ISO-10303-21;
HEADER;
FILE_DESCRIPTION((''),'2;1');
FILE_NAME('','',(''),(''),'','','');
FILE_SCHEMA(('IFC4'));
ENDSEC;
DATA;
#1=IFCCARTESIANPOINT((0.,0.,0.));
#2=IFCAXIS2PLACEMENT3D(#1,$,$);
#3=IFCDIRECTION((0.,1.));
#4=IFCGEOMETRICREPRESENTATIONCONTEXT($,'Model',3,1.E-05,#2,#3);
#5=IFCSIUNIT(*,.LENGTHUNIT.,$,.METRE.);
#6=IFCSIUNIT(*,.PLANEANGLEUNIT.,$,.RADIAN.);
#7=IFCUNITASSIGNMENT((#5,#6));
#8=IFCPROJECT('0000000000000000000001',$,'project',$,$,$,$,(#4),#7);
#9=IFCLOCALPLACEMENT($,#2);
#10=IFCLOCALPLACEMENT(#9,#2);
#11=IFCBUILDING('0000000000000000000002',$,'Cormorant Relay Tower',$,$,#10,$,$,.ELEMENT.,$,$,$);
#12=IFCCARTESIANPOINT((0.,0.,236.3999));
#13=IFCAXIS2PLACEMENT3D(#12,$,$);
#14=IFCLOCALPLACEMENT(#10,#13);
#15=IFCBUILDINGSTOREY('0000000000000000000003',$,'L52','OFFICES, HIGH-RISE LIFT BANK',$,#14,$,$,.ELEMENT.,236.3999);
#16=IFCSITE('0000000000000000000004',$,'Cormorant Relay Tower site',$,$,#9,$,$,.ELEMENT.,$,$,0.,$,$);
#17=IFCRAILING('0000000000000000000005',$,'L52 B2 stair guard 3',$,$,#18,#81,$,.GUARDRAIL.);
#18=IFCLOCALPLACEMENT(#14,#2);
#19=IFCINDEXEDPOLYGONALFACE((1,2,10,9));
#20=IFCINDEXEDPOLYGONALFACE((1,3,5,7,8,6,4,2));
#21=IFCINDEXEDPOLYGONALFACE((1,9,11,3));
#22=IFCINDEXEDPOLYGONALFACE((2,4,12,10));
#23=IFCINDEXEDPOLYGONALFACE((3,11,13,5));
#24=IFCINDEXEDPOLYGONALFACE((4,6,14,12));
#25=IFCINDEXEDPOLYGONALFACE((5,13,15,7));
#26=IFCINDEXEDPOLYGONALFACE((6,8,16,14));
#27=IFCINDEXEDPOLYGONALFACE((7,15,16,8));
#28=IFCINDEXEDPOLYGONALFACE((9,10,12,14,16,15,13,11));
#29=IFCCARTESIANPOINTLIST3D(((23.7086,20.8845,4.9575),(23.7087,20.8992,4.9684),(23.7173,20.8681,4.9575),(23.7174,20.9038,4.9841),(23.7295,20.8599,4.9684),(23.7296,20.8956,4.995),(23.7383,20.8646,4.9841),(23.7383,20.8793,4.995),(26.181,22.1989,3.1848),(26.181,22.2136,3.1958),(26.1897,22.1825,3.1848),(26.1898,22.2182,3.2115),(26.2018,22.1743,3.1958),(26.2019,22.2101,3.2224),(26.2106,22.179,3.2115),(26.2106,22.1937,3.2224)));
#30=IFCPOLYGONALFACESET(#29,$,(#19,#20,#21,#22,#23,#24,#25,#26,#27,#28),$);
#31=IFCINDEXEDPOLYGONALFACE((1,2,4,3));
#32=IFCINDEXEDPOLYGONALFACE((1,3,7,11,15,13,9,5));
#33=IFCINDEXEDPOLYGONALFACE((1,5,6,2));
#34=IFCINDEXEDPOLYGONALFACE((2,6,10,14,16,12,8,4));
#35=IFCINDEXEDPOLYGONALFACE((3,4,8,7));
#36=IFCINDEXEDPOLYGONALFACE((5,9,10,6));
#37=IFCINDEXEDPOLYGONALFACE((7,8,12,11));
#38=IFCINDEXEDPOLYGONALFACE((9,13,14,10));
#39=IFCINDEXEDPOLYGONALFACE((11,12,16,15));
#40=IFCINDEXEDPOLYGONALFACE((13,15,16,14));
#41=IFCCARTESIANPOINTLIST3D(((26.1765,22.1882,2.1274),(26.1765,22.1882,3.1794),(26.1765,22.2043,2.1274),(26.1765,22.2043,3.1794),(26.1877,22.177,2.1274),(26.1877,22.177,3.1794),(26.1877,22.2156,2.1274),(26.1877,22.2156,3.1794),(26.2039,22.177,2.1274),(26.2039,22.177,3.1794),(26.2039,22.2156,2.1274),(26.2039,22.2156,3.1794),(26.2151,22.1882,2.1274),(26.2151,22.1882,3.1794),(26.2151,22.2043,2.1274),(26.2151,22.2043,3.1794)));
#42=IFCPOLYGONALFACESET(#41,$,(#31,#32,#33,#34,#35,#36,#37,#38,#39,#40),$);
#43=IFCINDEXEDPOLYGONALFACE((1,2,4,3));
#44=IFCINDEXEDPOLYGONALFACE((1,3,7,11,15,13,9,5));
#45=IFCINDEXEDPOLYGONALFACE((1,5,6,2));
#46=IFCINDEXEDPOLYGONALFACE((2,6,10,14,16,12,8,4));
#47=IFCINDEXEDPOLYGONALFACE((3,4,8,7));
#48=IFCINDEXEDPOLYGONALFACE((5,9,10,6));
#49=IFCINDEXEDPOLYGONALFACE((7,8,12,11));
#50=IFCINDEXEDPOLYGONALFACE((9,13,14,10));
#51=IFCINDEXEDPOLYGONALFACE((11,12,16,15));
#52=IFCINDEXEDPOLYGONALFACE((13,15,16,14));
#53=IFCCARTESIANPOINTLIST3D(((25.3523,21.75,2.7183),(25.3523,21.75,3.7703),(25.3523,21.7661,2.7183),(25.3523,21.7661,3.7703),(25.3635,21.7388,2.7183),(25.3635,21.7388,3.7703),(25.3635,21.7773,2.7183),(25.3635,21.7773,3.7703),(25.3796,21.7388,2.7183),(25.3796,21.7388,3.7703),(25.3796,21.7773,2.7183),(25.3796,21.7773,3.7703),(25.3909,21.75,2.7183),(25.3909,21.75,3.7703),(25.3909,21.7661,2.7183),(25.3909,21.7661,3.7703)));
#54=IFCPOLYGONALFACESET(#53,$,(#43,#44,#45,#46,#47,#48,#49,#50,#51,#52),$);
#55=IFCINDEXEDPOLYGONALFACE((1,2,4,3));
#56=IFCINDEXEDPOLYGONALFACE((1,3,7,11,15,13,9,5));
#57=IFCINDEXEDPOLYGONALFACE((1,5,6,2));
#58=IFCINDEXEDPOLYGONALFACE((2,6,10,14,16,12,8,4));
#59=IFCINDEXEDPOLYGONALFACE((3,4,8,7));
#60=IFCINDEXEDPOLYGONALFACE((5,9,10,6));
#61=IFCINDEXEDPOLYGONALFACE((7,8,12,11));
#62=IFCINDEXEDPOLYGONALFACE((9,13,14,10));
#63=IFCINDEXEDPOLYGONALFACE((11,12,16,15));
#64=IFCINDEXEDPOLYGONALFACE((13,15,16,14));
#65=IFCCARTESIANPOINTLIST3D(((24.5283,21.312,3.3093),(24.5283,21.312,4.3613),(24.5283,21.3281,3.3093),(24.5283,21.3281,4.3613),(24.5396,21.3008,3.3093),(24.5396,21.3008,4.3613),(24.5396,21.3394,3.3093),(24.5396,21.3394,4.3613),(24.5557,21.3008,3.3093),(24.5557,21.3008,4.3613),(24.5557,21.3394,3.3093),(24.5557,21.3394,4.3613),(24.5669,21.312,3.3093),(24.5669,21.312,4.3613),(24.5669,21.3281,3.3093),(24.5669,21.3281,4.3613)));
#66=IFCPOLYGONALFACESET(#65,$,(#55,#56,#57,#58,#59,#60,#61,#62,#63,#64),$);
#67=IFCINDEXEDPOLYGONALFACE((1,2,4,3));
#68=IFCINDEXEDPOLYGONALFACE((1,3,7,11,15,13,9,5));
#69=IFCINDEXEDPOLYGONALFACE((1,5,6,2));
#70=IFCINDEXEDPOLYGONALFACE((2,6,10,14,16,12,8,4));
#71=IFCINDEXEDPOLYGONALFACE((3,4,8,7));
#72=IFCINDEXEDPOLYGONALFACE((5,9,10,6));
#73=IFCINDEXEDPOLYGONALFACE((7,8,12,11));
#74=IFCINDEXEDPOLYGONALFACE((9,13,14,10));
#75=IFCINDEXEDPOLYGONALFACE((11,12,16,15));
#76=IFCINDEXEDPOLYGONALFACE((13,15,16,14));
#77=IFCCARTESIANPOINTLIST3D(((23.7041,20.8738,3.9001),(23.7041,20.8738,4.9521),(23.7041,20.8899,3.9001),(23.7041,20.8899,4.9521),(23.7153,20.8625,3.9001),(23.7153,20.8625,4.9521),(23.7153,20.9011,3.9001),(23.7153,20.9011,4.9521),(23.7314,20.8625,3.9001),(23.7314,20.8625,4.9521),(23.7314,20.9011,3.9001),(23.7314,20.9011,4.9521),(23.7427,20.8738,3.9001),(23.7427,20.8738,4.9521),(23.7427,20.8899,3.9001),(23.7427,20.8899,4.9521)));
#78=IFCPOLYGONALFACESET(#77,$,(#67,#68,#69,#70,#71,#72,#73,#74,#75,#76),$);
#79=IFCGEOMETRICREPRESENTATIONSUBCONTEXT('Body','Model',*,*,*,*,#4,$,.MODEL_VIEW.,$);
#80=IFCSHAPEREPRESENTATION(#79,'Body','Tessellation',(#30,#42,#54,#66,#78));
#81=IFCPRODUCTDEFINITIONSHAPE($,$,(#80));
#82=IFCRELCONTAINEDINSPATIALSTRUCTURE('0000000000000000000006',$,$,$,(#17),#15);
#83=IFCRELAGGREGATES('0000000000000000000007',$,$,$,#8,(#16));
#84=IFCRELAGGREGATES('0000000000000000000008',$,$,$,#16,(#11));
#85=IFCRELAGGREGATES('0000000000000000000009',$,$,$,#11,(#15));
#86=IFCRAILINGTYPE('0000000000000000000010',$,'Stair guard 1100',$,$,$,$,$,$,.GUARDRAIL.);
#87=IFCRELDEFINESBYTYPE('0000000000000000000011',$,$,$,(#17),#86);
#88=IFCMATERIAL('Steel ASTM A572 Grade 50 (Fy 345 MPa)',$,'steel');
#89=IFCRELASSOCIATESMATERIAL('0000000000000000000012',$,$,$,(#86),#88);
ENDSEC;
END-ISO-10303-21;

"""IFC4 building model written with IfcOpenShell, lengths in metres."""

from ifc_helpers import new_model, si_unit, direction, frame, origin, place, context, subcontext, project, spatial, polyline, outline, extrude, material, type_object, element, save


model = new_model("IFC4")

# Units and contexts
model_context = context("Model", 3, precision=1e-05, world=origin(), true_north=direction((0.0, 1.0)))
body_context = subcontext(model_context, "Body", "Model", "MODEL_VIEW")
ifc_project = project(units=[si_unit("LENGTHUNIT", "METRE"), si_unit("PLANEANGLEUNIT", "RADIAN")], contexts=[model_context])

# Site, building, storey
site_placement = place(None, origin())
site = spatial("IfcSite", under=ifc_project, at=site_placement, Name="Cormorant Relay Tower site", CompositionType="ELEMENT", RefElevation=0.0)
building_placement = place(site_placement, origin())
building = spatial("IfcBuilding", under=site, at=building_placement, Name="Cormorant Relay Tower", CompositionType="ELEMENT")
storey_placement = place(building_placement, frame((0.0, 0.0, 236.3999)))
storey = spatial("IfcBuildingStorey", under=building, at=storey_placement, Name="L52", Description="OFFICES, HIGH-RISE LIFT BANK", CompositionType="ELEMENT", Elevation=236.3999)

# Railing
ifc_material_1 = material(Name="Steel ASTM A572 Grade 50 (Fy 345 MPa)", Category="steel")
railing_type = type_object("IfcRailingType", Name="Stair guard 1100", PredefinedType="GUARDRAIL", material=ifc_material_1)
railing_1_placement = place(storey_placement, frame((26.1958, 22.1963, 2.1274)))
element("IfcRailing", 1, at=railing_1_placement, inside=storey, type_object=railing_type, Name="L52 B2 stair guard 3", PredefinedType="GUARDRAIL", context=body_context, shape_type="SweptSolid", body=[
    extrude(outline(polyline([(0.0222, 0.0093), (0.0093, 0.0222), (-0.0093, 0.0222), (-0.0222, 0.0093), (-0.0222, -0.0093), (-0.0093, -0.0222), (0.0093, -0.0222), (0.0222, -0.0093), (0.0222, 0.0093)])), frame((0.0, 0.0, 1.0762), z_axis=(-0.746034, -0.396627, 0.534902), x_axis=(0.469429, -0.88297, 0.0)), (0.0, 0.0, 1.0), 3.314),
    extrude(outline(polyline([(0.0193, 0.0081), (0.0081, 0.0193), (-0.0081, 0.0193), (-0.0193, 0.0081), (-0.0193, -0.0081), (-0.0081, -0.0193), (0.0081, -0.0193), (0.0193, -0.0081), (0.0193, 0.0081)])), origin(), (0.0, 0.0, 1.0), 1.052),
    extrude(outline(polyline([(0.0193, 0.0081), (0.0081, 0.0193), (-0.0081, 0.0193), (-0.0193, 0.0081), (-0.0193, -0.0081), (-0.0081, -0.0193), (0.0081, -0.0193), (0.0193, -0.0081), (0.0193, 0.0081)])), frame((-0.8242, -0.4382, 0.5908)), (0.0, 0.0, 1.0), 1.052),
    extrude(outline(polyline([(0.0193, 0.0081), (0.0081, 0.0193), (-0.0081, 0.0193), (-0.0193, 0.0081), (-0.0193, -0.0081), (-0.0081, -0.0193), (0.0081, -0.0193), (0.0193, -0.0081), (0.0193, 0.0081)])), frame((-1.6482, -0.8762, 1.1819)), (0.0, 0.0, 1.0), 1.052),
    extrude(outline(polyline([(0.0193, 0.0081), (0.0081, 0.0193), (-0.0081, 0.0193), (-0.0193, 0.0081), (-0.0193, -0.0081), (-0.0081, -0.0193), (0.0081, -0.0193), (0.0193, -0.0081), (0.0193, 0.0081)])), frame((-2.4724, -1.3145, 1.7727)), (0.0, 0.0, 1.0), 1.052),
])

save(model, "model.ifc")
